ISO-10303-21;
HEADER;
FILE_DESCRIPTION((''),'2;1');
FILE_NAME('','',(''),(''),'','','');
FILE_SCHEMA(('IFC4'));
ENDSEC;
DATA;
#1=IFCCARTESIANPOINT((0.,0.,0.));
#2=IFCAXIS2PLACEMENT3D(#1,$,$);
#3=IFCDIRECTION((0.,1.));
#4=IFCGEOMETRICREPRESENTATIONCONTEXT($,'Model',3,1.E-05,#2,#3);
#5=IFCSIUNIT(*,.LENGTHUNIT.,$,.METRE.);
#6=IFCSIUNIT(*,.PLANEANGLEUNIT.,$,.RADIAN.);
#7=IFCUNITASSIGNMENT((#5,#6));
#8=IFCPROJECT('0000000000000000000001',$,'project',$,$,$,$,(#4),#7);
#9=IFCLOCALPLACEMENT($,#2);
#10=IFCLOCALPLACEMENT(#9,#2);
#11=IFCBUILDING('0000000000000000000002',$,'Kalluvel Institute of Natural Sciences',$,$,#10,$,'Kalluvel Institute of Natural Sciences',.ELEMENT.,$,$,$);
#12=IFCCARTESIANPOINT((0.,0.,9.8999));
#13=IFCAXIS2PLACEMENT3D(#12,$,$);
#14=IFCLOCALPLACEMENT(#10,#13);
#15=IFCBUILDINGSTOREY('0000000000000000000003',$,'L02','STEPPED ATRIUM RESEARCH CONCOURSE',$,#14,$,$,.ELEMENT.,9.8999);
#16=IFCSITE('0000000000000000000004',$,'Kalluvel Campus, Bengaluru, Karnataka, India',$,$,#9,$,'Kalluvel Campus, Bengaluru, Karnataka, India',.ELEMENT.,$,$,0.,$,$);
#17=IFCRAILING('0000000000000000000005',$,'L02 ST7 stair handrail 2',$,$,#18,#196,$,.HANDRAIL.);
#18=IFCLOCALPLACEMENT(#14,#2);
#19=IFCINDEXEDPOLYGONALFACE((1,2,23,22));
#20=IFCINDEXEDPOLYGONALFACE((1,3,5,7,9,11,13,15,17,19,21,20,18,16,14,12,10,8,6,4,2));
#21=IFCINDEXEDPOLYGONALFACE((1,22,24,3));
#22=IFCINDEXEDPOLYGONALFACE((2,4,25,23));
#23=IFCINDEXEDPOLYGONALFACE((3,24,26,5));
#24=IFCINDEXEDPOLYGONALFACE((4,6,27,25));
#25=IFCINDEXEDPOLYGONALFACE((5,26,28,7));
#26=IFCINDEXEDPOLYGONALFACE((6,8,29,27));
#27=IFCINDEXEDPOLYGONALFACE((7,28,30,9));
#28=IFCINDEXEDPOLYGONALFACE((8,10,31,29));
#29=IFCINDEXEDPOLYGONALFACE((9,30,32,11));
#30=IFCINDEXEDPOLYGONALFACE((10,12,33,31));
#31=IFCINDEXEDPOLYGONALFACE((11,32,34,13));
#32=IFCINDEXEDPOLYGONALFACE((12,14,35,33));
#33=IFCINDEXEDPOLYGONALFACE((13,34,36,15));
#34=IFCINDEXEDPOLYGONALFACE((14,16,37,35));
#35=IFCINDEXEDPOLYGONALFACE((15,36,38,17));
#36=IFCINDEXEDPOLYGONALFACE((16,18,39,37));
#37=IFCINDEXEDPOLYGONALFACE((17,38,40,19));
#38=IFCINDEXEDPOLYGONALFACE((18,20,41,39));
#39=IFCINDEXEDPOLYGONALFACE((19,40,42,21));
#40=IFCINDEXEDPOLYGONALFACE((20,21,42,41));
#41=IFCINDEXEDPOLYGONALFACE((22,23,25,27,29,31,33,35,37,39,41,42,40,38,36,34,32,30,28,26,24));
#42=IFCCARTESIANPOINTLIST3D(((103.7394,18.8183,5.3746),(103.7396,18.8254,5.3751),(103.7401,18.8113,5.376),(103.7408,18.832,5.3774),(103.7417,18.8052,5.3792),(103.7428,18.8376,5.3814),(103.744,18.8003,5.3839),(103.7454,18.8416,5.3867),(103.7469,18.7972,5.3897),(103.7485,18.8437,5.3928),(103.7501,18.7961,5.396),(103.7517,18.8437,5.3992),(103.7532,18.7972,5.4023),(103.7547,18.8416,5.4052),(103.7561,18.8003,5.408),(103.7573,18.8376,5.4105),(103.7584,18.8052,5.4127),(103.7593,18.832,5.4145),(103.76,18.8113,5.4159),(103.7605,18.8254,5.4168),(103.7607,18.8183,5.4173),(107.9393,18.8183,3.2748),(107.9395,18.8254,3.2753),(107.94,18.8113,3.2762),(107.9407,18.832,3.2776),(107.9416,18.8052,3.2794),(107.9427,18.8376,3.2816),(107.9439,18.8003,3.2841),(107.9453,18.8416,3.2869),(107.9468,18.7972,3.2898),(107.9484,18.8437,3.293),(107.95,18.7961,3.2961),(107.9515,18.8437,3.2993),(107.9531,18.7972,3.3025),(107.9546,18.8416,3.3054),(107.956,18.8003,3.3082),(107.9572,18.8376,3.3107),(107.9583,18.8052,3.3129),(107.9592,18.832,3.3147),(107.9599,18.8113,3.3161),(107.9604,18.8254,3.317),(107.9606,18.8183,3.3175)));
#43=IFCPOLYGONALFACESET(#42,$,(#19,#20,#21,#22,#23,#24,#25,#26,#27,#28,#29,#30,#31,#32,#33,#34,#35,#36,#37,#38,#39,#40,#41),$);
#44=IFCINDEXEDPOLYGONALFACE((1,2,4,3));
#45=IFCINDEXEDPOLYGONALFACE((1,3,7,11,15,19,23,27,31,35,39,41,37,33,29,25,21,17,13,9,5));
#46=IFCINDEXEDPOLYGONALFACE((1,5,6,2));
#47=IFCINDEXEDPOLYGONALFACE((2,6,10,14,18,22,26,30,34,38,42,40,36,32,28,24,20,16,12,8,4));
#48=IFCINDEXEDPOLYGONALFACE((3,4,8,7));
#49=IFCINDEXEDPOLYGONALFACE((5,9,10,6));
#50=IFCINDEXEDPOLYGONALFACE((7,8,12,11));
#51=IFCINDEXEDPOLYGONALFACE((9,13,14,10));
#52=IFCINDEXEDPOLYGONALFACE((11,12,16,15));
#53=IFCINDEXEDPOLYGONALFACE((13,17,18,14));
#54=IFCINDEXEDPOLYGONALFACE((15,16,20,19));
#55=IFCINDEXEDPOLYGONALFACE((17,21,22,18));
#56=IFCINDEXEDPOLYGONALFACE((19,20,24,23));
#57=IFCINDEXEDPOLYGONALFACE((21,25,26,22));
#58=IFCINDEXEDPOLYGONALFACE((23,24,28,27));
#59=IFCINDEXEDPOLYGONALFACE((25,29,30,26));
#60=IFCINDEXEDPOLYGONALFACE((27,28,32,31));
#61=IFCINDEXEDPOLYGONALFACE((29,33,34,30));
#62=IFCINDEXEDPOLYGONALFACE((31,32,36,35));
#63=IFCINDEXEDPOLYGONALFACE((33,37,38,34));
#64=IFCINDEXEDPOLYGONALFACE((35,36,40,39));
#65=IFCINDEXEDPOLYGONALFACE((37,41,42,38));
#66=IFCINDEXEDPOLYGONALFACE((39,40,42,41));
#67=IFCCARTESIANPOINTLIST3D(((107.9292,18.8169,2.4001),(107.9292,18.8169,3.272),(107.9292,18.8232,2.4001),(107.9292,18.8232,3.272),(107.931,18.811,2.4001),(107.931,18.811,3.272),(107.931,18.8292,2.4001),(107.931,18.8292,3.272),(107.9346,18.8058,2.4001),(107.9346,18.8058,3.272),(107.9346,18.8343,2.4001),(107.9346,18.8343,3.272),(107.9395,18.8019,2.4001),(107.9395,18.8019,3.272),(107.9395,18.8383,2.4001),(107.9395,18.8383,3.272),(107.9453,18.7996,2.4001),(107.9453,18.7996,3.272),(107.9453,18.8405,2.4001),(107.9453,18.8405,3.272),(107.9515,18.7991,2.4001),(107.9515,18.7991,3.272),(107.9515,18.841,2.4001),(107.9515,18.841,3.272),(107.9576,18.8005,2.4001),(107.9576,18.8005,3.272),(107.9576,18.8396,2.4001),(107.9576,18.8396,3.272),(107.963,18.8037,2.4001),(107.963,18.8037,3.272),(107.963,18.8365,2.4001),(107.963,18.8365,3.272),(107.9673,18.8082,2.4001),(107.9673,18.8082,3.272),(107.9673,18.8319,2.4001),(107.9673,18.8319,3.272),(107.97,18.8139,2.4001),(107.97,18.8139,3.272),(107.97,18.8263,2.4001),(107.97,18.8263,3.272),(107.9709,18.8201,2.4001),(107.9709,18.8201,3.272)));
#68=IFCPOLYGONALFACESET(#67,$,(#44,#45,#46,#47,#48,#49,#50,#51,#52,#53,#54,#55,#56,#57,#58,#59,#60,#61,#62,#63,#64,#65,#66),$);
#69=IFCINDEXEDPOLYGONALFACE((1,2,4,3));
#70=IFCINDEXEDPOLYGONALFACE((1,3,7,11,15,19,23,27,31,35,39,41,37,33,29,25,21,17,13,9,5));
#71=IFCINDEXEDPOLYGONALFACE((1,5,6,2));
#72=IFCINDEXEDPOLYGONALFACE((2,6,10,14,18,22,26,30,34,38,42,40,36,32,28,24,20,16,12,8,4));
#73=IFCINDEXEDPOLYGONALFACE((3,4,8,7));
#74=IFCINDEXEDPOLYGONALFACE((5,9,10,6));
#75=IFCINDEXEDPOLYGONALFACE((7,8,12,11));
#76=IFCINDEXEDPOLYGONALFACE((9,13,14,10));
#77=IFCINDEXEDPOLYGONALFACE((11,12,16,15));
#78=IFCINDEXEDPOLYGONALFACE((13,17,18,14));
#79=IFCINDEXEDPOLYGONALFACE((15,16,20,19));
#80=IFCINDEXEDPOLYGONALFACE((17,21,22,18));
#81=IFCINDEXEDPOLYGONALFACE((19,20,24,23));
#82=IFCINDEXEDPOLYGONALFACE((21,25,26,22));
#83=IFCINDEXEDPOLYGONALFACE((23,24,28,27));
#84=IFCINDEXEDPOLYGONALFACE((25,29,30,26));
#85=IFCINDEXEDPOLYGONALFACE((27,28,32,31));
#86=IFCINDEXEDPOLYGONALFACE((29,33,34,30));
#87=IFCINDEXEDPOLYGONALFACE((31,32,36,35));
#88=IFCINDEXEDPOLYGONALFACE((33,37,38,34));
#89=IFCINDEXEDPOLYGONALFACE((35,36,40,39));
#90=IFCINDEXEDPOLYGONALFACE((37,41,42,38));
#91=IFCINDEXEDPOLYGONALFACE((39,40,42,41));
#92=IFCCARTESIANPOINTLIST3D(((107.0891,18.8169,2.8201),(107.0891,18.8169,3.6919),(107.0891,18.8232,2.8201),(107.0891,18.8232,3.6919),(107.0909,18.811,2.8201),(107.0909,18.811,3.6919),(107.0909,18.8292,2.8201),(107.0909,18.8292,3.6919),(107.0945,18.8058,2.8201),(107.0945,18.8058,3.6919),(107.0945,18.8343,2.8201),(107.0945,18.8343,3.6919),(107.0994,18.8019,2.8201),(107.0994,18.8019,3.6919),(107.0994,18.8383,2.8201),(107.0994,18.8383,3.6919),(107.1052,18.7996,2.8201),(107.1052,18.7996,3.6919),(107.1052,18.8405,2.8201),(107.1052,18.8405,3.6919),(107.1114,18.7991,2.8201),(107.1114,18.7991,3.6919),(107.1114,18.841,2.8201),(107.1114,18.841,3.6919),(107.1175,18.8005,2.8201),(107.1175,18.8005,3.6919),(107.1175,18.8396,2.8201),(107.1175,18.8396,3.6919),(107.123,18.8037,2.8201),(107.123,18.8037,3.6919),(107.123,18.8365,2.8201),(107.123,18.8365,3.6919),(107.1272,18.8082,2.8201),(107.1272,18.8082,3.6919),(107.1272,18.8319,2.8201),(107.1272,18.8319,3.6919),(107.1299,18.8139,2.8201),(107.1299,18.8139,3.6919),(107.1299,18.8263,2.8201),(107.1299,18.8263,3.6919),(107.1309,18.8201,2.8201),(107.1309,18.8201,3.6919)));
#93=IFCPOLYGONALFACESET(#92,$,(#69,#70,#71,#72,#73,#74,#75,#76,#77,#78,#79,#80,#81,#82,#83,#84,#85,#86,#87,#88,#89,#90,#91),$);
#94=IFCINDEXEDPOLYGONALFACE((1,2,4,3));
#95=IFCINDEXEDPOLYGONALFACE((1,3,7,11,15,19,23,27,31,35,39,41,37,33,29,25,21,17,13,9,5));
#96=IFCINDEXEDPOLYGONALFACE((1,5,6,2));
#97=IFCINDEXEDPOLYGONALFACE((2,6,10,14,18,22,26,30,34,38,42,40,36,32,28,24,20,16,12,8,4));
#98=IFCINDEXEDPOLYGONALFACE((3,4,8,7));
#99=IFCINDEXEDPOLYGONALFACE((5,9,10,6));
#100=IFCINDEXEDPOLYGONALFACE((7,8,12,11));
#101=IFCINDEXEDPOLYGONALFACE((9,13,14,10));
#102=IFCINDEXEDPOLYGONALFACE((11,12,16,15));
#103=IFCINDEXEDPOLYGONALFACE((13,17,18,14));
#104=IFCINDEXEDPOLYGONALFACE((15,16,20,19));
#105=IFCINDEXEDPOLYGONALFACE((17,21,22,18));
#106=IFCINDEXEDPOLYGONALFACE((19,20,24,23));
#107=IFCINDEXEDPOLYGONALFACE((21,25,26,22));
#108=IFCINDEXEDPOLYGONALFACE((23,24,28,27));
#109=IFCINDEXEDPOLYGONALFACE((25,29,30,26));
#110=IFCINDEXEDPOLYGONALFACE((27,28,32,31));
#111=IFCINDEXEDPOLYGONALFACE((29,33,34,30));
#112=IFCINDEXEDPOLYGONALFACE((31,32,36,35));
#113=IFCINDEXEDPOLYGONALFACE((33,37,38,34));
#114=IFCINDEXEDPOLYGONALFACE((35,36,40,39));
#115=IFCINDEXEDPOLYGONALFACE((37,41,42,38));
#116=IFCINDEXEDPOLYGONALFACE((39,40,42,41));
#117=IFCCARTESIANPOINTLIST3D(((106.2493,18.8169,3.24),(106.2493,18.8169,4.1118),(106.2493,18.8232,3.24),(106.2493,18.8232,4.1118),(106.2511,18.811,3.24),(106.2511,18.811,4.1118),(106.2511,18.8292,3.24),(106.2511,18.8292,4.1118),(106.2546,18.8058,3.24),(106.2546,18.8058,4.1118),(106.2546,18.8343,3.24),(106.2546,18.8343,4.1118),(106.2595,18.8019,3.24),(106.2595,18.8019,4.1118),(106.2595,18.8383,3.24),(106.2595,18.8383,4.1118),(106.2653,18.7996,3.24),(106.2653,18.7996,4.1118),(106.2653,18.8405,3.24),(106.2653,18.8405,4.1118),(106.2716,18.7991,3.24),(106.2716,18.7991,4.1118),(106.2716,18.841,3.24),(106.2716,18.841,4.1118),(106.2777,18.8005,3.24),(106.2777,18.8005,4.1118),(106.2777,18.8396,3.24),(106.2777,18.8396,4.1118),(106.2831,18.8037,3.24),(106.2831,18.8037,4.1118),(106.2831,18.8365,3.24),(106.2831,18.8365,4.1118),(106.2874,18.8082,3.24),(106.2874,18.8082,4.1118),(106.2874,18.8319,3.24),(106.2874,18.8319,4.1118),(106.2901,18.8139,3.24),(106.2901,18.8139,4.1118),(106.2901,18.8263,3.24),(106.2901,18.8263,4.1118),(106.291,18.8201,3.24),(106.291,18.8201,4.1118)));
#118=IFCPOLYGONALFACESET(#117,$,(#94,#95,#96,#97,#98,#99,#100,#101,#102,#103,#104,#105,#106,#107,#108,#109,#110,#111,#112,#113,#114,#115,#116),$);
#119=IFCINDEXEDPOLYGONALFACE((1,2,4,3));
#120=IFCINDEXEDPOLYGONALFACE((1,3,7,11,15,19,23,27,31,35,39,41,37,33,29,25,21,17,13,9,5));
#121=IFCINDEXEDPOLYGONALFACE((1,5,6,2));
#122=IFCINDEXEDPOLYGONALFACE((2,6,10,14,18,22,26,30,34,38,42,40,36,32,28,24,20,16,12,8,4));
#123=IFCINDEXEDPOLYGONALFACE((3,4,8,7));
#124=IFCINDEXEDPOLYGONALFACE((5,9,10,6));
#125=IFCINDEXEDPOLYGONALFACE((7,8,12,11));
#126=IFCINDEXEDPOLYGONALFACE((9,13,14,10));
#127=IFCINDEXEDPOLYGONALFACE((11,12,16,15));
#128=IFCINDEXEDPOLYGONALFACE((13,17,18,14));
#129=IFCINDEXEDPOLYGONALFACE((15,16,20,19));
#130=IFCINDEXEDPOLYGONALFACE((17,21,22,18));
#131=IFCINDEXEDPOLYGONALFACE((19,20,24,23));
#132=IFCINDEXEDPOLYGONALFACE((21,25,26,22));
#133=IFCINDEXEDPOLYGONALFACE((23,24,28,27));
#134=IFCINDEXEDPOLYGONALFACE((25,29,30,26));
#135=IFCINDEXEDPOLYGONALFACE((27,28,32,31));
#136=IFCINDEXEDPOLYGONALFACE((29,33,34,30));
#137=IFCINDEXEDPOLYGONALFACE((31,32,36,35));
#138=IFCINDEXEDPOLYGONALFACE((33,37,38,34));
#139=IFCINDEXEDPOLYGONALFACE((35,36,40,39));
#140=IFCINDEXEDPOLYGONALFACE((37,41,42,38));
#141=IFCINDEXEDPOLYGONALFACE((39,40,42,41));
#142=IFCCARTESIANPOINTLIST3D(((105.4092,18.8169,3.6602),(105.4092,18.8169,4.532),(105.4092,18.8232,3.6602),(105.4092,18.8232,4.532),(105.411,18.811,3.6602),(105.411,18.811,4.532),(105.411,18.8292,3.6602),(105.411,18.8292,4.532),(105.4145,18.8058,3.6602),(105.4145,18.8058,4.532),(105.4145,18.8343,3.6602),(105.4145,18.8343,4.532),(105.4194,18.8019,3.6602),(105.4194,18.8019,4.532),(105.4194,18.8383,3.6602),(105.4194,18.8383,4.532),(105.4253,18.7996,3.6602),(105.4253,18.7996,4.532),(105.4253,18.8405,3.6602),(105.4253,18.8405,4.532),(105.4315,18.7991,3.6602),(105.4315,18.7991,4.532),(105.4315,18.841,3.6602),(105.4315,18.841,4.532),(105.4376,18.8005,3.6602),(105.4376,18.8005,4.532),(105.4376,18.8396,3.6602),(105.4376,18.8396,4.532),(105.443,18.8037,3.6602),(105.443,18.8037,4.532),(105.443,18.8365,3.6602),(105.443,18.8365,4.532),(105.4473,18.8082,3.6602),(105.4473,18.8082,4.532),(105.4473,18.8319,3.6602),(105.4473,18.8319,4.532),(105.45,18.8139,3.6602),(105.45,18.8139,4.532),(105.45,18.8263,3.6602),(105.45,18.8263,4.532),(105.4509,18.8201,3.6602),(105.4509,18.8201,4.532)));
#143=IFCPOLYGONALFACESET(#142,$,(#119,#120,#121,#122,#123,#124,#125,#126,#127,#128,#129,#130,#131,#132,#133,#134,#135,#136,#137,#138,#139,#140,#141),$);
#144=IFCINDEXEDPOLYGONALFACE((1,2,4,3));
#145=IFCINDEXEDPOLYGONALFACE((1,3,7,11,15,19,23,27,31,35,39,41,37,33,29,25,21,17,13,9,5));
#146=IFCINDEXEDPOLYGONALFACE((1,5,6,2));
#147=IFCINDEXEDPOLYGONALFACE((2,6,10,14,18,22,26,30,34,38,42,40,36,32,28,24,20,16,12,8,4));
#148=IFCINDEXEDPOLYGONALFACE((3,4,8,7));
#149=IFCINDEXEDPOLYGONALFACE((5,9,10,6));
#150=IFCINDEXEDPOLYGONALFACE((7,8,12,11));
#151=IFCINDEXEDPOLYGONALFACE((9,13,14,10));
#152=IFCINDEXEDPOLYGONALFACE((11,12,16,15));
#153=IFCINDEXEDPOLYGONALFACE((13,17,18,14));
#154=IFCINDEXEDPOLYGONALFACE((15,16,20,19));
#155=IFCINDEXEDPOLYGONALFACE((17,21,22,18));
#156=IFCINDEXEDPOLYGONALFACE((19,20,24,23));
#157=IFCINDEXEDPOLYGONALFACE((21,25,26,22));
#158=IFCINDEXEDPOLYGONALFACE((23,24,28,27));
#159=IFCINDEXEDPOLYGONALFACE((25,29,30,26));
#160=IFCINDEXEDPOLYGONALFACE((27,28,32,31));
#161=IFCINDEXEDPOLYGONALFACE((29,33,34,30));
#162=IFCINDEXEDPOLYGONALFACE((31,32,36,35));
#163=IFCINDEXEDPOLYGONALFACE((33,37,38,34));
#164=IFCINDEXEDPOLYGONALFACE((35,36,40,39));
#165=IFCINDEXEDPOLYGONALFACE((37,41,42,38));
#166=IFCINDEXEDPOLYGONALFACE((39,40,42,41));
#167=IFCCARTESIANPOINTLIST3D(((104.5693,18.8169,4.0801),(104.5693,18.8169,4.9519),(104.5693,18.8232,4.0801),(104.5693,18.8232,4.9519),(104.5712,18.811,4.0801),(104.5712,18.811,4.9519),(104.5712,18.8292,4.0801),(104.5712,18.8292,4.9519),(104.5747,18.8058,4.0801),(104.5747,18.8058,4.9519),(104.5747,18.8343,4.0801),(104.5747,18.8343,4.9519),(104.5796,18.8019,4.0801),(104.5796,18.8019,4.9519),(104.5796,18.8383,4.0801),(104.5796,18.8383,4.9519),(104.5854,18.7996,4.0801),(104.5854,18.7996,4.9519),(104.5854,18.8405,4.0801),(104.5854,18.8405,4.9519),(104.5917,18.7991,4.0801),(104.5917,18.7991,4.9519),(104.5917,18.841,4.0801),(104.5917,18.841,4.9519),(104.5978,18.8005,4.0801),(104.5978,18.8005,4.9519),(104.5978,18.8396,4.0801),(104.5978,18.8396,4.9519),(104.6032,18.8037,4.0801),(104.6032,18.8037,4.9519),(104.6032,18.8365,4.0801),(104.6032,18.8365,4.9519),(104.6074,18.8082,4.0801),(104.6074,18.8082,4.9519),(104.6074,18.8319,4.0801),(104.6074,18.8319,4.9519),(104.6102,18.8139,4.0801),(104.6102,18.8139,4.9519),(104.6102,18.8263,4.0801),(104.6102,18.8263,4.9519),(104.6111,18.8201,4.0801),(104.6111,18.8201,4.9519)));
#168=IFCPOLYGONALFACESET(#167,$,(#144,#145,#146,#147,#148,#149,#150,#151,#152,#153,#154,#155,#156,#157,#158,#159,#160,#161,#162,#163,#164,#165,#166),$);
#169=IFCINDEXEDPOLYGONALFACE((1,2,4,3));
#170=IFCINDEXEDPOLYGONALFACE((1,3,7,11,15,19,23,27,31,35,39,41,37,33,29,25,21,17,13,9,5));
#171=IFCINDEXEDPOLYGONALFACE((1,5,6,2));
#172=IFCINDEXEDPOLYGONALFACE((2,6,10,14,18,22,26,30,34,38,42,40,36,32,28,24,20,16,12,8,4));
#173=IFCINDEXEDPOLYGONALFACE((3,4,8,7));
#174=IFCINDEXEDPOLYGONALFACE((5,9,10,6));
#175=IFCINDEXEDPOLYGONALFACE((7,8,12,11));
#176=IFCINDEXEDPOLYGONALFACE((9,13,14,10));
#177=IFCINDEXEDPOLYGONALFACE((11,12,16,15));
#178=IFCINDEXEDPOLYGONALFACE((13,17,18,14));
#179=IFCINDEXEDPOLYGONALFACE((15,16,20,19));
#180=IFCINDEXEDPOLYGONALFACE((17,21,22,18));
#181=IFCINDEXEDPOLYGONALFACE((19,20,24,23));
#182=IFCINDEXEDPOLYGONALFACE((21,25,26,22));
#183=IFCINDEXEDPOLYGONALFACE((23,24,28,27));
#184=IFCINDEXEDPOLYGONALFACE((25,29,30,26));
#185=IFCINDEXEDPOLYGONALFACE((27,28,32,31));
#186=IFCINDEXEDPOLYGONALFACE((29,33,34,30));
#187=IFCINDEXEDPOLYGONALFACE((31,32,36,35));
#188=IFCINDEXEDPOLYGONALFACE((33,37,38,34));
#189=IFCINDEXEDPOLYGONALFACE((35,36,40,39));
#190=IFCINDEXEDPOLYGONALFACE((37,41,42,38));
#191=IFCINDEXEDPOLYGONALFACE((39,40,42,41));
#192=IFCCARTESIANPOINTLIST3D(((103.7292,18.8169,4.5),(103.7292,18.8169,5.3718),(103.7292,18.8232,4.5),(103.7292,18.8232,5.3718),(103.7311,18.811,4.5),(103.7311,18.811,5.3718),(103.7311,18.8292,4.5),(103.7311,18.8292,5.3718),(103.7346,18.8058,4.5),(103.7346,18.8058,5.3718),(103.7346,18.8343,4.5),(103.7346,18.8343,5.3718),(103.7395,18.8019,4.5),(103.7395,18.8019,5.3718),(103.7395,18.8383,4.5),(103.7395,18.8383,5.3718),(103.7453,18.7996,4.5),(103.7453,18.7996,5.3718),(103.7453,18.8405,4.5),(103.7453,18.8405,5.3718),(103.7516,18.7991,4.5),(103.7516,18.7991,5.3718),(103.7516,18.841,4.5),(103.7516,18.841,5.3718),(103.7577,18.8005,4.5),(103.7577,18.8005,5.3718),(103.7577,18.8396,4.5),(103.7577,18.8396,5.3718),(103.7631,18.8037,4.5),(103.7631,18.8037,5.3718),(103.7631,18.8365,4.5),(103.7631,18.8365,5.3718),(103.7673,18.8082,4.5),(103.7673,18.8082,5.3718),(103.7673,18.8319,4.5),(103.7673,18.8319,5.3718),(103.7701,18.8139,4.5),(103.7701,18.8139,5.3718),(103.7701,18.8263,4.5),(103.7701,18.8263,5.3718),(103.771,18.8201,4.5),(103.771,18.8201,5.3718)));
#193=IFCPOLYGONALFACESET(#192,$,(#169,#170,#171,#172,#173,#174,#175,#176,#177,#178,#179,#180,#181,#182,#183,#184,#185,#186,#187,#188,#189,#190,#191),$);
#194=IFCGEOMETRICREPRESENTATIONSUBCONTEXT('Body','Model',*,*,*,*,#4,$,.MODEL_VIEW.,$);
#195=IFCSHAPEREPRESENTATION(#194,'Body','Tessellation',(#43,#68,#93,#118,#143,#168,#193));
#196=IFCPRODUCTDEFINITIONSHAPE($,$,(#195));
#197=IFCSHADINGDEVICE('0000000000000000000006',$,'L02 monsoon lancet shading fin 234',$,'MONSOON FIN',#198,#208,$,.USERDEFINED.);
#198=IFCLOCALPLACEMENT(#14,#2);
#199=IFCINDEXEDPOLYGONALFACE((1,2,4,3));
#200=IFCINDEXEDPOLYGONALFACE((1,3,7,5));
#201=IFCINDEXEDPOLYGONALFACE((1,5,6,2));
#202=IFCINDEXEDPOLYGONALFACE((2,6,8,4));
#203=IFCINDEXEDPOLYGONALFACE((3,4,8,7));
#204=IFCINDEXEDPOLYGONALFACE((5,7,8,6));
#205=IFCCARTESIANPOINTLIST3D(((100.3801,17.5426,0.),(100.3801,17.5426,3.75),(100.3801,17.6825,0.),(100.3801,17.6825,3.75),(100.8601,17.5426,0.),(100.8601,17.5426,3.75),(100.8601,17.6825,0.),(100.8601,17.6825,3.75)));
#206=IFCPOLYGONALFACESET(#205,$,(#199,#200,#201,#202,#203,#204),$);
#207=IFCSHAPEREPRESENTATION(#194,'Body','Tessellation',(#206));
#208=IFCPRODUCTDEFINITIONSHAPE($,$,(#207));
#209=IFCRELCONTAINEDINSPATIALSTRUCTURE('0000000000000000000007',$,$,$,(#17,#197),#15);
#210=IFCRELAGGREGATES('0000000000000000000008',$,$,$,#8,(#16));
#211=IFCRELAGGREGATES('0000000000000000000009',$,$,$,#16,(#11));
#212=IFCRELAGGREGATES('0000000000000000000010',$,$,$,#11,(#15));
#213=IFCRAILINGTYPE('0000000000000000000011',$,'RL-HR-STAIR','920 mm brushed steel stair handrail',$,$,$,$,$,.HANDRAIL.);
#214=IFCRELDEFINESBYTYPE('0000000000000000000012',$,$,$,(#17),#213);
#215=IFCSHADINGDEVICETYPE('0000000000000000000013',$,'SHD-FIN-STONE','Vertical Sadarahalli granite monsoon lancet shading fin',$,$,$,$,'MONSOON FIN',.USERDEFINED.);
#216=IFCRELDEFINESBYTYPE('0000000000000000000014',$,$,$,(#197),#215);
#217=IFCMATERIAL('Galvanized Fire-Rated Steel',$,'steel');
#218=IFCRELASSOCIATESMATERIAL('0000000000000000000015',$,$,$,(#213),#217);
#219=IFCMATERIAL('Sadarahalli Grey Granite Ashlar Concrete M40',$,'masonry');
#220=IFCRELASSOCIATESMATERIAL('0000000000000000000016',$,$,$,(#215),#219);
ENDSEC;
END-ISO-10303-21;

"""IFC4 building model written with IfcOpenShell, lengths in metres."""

from ifc_helpers import new_model, si_unit, direction, frame, origin, origin_2d, place, context, subcontext, project, spatial, rectangle, circle, extrude, material, type_object, element, save


model = new_model("IFC4")

# Units and contexts
model_context = context("Model", 3, precision=1e-05, world=origin(), true_north=direction((0.0, 1.0)))
body_context = subcontext(model_context, "Body", "Model", "MODEL_VIEW")
ifc_project = project(units=[si_unit("LENGTHUNIT", "METRE"), si_unit("PLANEANGLEUNIT", "RADIAN")], contexts=[model_context])

# Site, building, storey
site_placement = place(None, origin())
site = spatial("IfcSite", under=ifc_project, at=site_placement, Name="Kalluvel Campus, Bengaluru, Karnataka, India", LongName="Kalluvel Campus, Bengaluru, Karnataka, India", CompositionType="ELEMENT", RefElevation=0.0)
building_placement = place(site_placement, origin())
building = spatial("IfcBuilding", under=site, at=building_placement, Name="Kalluvel Institute of Natural Sciences", LongName="Kalluvel Institute of Natural Sciences", CompositionType="ELEMENT")
storey_placement = place(building_placement, frame((0.0, 0.0, 9.8999)))
storey = spatial("IfcBuildingStorey", under=building, at=storey_placement, Name="L02", Description="STEPPED ATRIUM RESEARCH CONCOURSE", CompositionType="ELEMENT", Elevation=9.8999)

# Shared definitions
ifc_material_1 = material(Name="Galvanized Fire-Rated Steel", Category="steel")

# Shared definitions
ifc_material_2 = material(Name="Sadarahalli Grey Granite Ashlar Concrete M40", Category="masonry")

# Railing
railing_type_1 = type_object("IfcRailingType", Name="RL-HR-STAIR", Description="920 mm brushed steel stair handrail", PredefinedType="HANDRAIL", material=ifc_material_1)
railing_1_placement = place(storey_placement, frame((107.95, 18.8201, 2.4001)))
element("IfcRailing", 1, at=railing_1_placement, inside=storey, type_object=railing_type_1, Name="L02 ST7 stair handrail 2", PredefinedType="HANDRAIL", context=body_context, shape_type="SweptSolid", body=[
    extrude(circle(Radius=0.0239, at=origin_2d()), frame((0.0, 0.0, 0.896), z_axis=(-0.894438, 0.0, 0.447193), x_axis=(0.0, -1.0, 0.0)), (0.0, 0.0, 1.0), 4.6956),
    extrude(circle(Radius=0.021, at=origin_2d()), origin(), (0.0, 0.0, 1.0), 0.8718),
    extrude(circle(Radius=0.021, at=origin_2d()), frame((-0.8401, 0.0, 0.4199)), (0.0, 0.0, 1.0), 0.8718),
    extrude(circle(Radius=0.021, at=origin_2d()), frame((-1.6799, 0.0, 0.8398)), (0.0, 0.0, 1.0), 0.8718),
    extrude(circle(Radius=0.021, at=origin_2d()), frame((-2.52, 0.0, 1.26)), (0.0, 0.0, 1.0), 0.8718),
    extrude(circle(Radius=0.021, at=origin_2d()), frame((-3.3599, 0.0, 1.6799)), (0.0, 0.0, 1.0), 0.8718),
    extrude(circle(Radius=0.021, at=origin_2d()), frame((-4.2, 0.0, 2.0999)), (0.0, 0.0, 1.0), 0.8718),
])

# Shading device
shading_device_type = type_object("IfcShadingDeviceType", Name="SHD-FIN-STONE", Description="Vertical Sadarahalli granite monsoon lancet shading fin", ElementType="MONSOON FIN", PredefinedType="USERDEFINED", material=ifc_material_2)
for number, where, z_axis, x_axis, name in (
    (2, (100.6201, 17.6125, 0.0), (0.0, 0.0, 1.0), (0.0, 1.0, 0.0), "L02 monsoon lancet shading fin 234"),
):
    element("IfcShadingDevice", number, at=place(storey_placement, frame(where, z_axis=z_axis, x_axis=x_axis)), inside=storey, type_object=shading_device_type, Name=name, ObjectType="MONSOON FIN", PredefinedType="USERDEFINED", context=body_context, shape_type="SweptSolid", body=[
        extrude(rectangle(XDim=0.1399, YDim=0.48, at=origin_2d()), origin(), (0.0, 0.0, 1.0), 3.75),
    ])

save(model, "model.ifc")
